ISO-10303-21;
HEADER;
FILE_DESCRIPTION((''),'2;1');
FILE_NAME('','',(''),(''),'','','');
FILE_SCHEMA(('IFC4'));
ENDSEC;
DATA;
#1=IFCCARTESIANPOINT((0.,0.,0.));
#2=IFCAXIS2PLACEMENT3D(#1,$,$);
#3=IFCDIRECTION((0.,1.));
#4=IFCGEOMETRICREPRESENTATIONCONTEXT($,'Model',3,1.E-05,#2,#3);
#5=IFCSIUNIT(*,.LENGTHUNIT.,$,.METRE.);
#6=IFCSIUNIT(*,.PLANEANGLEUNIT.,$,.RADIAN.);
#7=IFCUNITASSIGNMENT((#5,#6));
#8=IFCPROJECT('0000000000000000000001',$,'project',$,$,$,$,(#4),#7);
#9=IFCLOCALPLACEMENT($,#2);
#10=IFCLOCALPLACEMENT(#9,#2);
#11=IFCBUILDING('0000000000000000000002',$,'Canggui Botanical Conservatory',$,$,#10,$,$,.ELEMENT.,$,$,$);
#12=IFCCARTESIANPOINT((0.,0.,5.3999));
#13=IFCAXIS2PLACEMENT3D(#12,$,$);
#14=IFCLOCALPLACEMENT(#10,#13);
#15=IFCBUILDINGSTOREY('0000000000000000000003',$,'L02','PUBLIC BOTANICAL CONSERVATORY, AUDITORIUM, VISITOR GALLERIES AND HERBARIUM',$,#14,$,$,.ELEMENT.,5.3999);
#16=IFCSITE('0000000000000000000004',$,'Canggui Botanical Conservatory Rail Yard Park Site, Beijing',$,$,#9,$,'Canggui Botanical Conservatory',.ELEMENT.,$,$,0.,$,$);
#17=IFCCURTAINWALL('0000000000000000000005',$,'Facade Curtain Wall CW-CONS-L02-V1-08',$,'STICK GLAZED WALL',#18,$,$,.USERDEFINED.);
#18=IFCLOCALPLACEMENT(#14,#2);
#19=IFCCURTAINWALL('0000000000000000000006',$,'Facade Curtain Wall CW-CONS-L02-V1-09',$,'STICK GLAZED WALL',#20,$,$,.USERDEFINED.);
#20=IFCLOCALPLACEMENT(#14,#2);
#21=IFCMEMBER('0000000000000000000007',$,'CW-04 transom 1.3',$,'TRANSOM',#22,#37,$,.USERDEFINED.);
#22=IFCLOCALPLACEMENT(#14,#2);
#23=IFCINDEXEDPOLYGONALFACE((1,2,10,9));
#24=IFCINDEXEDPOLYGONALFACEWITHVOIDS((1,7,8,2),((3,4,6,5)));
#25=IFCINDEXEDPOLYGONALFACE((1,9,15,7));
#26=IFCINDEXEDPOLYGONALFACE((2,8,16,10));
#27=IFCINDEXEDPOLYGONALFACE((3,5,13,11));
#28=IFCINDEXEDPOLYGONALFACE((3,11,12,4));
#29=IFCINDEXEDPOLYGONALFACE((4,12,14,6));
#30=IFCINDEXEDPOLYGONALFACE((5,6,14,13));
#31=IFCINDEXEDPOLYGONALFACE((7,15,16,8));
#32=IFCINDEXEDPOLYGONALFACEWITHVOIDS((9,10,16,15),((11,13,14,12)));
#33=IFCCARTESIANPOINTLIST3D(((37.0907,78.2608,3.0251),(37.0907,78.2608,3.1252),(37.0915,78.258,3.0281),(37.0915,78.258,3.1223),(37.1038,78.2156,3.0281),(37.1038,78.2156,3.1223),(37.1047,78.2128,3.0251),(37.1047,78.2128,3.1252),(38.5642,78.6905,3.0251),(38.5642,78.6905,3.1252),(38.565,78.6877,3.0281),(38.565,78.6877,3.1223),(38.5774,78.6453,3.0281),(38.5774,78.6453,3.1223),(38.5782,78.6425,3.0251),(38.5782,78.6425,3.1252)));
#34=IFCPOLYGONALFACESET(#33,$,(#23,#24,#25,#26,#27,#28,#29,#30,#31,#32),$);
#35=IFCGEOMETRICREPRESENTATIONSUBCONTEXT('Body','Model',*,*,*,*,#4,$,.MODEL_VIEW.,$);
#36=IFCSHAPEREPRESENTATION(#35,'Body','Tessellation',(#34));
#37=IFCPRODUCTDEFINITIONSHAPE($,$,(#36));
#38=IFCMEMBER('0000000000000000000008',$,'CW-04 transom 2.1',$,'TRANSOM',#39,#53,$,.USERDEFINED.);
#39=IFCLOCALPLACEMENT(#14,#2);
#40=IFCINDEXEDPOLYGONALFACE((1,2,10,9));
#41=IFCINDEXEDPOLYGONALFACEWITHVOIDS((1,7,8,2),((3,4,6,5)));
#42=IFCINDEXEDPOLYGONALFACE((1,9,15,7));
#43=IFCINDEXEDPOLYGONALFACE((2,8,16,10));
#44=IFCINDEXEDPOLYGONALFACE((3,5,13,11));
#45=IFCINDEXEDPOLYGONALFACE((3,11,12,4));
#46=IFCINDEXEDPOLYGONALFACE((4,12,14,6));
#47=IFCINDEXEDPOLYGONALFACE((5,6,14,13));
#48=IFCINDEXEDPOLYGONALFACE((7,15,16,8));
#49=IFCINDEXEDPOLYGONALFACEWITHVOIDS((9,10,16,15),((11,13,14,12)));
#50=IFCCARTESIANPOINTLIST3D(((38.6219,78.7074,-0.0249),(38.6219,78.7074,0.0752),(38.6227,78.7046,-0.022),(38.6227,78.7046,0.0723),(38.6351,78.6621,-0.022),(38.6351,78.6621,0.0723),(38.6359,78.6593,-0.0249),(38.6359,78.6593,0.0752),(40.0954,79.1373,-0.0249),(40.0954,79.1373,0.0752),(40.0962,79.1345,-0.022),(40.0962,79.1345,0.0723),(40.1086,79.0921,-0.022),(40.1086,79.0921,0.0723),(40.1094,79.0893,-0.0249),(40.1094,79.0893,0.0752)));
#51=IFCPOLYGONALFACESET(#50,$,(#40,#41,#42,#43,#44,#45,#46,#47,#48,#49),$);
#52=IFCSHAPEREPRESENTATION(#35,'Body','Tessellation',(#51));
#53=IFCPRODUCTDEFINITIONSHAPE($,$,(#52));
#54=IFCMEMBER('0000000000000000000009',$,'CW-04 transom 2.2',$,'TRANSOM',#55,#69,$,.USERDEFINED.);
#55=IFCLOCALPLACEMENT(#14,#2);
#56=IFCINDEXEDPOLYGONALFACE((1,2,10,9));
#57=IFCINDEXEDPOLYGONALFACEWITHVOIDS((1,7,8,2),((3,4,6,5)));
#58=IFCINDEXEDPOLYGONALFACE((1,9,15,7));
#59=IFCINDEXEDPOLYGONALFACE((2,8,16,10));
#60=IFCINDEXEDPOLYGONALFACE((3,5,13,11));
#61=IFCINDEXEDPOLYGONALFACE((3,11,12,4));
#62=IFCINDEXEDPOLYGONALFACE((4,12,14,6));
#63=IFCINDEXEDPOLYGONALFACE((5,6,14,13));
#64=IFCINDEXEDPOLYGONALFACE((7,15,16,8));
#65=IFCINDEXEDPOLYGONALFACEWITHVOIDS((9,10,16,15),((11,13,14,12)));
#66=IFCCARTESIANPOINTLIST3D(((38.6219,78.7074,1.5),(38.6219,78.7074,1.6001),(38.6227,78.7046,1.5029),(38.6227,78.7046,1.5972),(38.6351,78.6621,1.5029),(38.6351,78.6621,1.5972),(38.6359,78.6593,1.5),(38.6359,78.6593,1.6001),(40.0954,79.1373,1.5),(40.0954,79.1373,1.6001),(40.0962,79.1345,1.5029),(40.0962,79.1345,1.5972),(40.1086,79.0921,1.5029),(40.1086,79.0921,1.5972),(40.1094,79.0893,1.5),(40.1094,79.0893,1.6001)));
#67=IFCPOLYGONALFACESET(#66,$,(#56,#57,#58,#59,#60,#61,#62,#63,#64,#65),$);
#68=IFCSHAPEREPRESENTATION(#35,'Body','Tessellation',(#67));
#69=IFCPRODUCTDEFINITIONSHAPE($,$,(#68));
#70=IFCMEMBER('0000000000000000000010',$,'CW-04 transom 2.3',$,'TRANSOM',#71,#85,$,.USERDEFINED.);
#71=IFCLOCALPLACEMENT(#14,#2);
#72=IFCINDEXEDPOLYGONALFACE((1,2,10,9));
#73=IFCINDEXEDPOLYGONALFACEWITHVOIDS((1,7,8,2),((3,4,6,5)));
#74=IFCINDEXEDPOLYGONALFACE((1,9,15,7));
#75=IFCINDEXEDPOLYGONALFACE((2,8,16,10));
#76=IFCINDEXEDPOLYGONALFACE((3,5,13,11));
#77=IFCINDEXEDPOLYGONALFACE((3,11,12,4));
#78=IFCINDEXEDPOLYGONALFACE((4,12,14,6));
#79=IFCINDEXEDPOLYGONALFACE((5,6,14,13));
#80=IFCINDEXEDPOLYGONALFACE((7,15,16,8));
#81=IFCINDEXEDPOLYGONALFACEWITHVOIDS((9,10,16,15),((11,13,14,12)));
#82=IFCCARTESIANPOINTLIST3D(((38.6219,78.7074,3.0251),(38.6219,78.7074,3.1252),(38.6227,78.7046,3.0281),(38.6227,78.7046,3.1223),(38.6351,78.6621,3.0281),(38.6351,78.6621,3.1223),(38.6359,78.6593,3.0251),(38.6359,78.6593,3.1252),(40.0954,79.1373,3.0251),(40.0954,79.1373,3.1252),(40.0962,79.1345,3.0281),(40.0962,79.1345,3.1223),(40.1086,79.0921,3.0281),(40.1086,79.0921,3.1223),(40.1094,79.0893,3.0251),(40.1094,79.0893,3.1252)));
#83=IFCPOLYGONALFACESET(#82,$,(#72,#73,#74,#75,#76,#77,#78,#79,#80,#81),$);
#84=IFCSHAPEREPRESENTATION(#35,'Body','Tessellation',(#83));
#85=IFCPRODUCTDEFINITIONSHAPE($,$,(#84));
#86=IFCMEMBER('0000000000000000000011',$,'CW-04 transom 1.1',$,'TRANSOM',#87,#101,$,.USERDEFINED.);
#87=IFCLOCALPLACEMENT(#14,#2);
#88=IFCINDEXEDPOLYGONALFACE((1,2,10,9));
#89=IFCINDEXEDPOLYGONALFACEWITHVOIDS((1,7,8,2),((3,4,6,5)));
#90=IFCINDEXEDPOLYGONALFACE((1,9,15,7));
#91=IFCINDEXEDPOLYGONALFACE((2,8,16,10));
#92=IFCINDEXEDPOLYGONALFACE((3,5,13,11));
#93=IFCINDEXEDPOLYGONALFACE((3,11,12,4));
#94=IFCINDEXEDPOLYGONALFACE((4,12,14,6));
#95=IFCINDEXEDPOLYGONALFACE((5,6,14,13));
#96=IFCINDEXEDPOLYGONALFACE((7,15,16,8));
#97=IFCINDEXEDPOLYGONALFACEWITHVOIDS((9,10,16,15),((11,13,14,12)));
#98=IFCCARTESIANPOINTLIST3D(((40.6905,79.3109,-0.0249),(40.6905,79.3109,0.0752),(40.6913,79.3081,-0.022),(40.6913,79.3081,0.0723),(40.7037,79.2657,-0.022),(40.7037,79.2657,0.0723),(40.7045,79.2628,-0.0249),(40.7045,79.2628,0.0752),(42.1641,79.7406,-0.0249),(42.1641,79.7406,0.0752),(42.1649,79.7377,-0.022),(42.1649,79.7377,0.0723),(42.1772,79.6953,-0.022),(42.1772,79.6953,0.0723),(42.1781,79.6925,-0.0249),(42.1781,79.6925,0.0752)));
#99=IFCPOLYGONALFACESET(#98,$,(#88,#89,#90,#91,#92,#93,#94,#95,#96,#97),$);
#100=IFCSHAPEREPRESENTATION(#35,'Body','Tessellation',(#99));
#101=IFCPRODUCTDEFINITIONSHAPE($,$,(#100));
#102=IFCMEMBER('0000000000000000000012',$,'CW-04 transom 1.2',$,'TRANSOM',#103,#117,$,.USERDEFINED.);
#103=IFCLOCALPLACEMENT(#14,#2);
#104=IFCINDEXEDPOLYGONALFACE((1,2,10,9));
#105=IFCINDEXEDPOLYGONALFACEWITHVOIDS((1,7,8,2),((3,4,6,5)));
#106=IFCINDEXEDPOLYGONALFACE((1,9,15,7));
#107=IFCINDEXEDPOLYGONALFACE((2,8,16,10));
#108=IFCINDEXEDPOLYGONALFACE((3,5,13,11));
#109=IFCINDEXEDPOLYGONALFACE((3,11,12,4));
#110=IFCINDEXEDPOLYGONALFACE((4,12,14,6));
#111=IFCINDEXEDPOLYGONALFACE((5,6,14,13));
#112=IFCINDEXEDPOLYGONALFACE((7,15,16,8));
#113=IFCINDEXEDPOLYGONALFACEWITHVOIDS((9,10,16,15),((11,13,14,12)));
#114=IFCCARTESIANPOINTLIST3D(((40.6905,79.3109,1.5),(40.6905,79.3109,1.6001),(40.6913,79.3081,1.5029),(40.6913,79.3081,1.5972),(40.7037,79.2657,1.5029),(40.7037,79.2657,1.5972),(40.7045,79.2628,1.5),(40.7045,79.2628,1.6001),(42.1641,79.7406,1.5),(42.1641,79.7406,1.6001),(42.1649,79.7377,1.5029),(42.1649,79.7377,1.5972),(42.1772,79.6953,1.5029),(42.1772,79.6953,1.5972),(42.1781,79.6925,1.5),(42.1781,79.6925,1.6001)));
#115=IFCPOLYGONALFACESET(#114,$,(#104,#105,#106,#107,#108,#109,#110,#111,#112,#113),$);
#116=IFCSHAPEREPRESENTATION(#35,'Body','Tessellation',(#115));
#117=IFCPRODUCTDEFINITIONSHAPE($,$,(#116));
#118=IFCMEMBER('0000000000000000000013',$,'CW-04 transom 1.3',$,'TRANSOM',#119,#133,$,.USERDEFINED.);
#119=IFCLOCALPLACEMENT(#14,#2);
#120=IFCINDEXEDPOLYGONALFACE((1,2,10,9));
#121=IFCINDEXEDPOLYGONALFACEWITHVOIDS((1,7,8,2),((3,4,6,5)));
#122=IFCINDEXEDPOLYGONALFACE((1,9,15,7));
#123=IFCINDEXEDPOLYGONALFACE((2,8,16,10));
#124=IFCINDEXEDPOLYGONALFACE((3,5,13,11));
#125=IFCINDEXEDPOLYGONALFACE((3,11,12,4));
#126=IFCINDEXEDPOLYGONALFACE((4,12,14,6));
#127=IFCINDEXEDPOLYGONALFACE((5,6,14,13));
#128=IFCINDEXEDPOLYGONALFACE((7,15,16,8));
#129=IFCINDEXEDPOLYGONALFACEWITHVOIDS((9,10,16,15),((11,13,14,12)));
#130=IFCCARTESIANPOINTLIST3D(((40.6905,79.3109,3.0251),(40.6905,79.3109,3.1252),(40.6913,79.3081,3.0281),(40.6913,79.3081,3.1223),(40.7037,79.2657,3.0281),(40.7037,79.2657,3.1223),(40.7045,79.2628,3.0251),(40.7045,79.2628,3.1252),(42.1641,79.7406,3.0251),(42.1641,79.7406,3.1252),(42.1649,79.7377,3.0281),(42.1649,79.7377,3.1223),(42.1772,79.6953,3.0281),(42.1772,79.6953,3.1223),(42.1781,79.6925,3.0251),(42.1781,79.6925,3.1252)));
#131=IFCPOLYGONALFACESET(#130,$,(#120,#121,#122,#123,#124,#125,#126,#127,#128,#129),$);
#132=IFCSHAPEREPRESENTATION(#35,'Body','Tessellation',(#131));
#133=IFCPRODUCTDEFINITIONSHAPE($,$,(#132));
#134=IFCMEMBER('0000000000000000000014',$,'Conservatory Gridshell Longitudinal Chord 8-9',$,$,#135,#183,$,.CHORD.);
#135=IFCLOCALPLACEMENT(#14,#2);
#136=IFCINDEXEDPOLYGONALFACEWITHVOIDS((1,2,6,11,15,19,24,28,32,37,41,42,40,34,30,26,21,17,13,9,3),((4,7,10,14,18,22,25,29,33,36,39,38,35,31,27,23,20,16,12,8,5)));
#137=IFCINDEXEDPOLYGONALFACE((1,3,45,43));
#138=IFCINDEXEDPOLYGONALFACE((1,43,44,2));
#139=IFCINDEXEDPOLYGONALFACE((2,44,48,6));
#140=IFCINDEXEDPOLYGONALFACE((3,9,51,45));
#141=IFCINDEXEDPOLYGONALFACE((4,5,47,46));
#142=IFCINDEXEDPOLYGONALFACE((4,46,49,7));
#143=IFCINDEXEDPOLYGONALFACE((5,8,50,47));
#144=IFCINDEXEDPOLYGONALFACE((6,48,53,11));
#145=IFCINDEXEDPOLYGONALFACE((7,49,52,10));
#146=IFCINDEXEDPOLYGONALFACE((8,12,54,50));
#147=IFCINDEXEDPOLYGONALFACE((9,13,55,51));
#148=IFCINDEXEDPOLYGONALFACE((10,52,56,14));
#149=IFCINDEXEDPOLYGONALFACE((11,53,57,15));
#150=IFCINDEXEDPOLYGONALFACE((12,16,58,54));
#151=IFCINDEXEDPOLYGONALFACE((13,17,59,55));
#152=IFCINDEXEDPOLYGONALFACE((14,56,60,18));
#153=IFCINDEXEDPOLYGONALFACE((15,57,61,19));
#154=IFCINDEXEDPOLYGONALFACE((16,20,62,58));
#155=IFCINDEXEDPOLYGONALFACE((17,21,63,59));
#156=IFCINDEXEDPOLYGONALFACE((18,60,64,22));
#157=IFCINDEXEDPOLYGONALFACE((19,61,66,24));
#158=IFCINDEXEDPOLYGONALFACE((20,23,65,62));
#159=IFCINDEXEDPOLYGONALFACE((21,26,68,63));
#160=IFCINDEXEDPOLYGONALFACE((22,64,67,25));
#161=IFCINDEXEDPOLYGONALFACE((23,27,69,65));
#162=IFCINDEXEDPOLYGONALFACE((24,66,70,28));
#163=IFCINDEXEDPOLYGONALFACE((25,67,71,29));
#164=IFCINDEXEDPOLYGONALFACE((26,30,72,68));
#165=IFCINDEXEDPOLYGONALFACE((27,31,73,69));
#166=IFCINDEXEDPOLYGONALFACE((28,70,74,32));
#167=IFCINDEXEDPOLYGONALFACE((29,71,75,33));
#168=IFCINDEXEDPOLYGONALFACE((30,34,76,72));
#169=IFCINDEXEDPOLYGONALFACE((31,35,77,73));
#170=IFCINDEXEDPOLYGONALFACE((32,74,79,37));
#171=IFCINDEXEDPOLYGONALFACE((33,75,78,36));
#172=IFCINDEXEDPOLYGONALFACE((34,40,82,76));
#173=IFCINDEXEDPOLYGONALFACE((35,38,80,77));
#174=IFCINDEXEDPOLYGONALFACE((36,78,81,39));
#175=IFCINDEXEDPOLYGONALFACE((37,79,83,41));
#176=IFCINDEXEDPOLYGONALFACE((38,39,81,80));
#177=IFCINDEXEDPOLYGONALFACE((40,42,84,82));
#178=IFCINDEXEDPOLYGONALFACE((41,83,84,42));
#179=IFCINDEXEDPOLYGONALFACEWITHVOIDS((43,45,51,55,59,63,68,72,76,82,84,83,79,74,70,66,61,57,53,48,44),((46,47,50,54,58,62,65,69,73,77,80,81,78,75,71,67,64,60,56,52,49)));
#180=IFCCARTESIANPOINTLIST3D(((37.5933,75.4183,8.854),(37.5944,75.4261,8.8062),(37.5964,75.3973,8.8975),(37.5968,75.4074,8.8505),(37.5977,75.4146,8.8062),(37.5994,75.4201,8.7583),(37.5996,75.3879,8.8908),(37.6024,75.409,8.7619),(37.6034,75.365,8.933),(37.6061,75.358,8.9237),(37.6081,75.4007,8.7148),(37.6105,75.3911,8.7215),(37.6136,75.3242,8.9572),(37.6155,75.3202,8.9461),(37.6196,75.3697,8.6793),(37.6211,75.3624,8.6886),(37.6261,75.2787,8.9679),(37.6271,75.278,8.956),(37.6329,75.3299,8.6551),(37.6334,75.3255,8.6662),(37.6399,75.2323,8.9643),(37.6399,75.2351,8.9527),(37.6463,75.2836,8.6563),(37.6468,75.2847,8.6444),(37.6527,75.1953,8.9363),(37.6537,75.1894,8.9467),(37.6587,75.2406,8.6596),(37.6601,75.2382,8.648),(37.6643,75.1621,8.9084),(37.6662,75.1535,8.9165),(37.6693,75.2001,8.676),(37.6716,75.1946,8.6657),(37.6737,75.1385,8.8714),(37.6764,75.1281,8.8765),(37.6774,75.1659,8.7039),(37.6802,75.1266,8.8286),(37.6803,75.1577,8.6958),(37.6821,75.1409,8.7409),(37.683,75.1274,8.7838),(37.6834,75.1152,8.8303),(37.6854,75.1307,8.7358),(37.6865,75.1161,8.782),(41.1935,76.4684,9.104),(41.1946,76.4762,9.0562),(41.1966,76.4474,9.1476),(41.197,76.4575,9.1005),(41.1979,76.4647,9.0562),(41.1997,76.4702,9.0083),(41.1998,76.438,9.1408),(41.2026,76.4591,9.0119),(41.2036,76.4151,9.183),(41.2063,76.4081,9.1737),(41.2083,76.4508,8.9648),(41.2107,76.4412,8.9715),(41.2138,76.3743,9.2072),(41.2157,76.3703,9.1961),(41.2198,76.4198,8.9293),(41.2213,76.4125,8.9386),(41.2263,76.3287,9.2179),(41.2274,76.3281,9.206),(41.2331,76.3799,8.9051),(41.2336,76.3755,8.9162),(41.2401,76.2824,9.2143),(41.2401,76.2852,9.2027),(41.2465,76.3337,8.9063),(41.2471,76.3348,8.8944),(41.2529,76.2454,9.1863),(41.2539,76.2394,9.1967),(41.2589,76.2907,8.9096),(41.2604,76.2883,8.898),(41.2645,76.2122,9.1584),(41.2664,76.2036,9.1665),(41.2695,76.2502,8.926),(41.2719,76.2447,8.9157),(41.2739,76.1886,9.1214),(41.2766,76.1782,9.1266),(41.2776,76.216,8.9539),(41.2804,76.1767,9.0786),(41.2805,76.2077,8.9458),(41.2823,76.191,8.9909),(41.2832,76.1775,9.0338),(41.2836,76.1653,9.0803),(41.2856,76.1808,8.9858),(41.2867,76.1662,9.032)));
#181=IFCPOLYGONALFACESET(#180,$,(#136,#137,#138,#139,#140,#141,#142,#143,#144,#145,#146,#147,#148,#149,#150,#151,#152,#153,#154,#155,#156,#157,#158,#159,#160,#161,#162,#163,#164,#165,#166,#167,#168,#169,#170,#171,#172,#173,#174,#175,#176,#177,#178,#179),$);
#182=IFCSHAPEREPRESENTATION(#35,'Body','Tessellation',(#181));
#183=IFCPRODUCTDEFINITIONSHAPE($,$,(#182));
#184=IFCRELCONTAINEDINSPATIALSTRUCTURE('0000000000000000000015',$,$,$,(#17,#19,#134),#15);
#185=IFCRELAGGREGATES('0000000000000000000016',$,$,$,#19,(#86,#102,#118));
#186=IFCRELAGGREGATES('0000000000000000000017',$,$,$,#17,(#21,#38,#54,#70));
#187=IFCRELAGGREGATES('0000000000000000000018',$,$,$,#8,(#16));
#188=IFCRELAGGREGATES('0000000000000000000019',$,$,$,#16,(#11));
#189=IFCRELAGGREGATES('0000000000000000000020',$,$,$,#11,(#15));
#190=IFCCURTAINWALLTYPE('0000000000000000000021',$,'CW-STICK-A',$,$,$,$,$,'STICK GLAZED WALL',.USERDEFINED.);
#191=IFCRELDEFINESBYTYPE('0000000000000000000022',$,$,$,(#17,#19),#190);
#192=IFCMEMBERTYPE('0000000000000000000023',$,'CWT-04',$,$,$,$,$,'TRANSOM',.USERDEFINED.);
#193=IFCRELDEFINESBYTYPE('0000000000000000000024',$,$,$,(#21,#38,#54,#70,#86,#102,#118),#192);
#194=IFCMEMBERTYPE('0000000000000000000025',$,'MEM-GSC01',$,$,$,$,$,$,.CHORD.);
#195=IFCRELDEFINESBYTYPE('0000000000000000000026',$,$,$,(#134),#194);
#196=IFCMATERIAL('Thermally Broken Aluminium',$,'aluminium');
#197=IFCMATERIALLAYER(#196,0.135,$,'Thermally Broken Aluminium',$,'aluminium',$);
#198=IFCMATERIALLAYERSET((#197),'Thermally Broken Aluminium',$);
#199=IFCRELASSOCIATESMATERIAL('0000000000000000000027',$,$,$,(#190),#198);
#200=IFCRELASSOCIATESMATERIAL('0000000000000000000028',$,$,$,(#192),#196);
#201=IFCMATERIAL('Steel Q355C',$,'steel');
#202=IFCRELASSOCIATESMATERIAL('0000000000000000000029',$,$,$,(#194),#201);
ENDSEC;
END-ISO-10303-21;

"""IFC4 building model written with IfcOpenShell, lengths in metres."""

from ifc_helpers import new_model, si_unit, direction, frame, origin, origin_2d, place, context, subcontext, project, spatial, hollow_rectangle, hollow_circle, extrude, material, layer, layer_set, material_profile, profile_set, type_object, element, aggregate, save


model = new_model("IFC4")

# Units and contexts
model_context = context("Model", 3, precision=1e-05, world=origin(), true_north=direction((0.0, 1.0)))
body_context = subcontext(model_context, "Body", "Model", "MODEL_VIEW")
ifc_project = project(units=[si_unit("LENGTHUNIT", "METRE"), si_unit("PLANEANGLEUNIT", "RADIAN")], contexts=[model_context])

# Site, building, storey
site_placement = place(None, origin())
site = spatial("IfcSite", under=ifc_project, at=site_placement, Name="Canggui Botanical Conservatory Rail Yard Park Site, Beijing", LongName="Canggui Botanical Conservatory", CompositionType="ELEMENT", RefElevation=0.0)
building_placement = place(site_placement, origin())
building = spatial("IfcBuilding", under=site, at=building_placement, Name="Canggui Botanical Conservatory", CompositionType="ELEMENT")
storey_placement = place(building_placement, frame((0.0, 0.0, 5.3999)))
storey = spatial("IfcBuildingStorey", under=building, at=storey_placement, Name="L02", Description="PUBLIC BOTANICAL CONSERVATORY, AUDITORIUM, VISITOR GALLERIES AND HERBARIUM", CompositionType="ELEMENT", Elevation=5.3999)

# Shared definitions
ifc_material_1 = material(Name="Steel Q355C", Category="steel")

# Curtain wall
ifc_material_2 = material(Name="Thermally Broken Aluminium", Category="aluminium")
ifc_layer_1 = layer(ifc_material_2, 0.135, Name="Thermally Broken Aluminium", Category="aluminium")
ifc_layer_set_1 = layer_set([ifc_layer_1], Name="Thermally Broken Aluminium")
curtain_wall_type = type_object("IfcCurtainWallType", Name="CW-STICK-A", ElementType="STICK GLAZED WALL", PredefinedType="USERDEFINED", material=ifc_layer_set_1)
curtain_wall_1_placement = place(storey_placement, origin())
curtain_wall_1 = element("IfcCurtainWall", 1, at=curtain_wall_1_placement, inside=storey, type_object=curtain_wall_type, Name="Facade Curtain Wall CW-CONS-L02-V1-08", ObjectType="STICK GLAZED WALL", PredefinedType="USERDEFINED")

# Curtain wall
curtain_wall_2_placement = place(storey_placement, origin())
curtain_wall_2 = element("IfcCurtainWall", 2, at=curtain_wall_2_placement, inside=storey, type_object=curtain_wall_type, Name="Facade Curtain Wall CW-CONS-L02-V1-09", ObjectType="STICK GLAZED WALL", PredefinedType="USERDEFINED")

# Members
ifc_material_profile_1 = material_profile(ifc_material_2, hollow_rectangle(XDim=0.05, YDim=0.1001, WallThickness=0.0029, at=origin_2d()), Name="CWT 50x100x3")
ifc_profile_set_1 = profile_set([ifc_material_profile_1], Name="Thermally Broken Aluminium")
member_type_1 = type_object("IfcMemberType", Name="CWT-04", ElementType="TRANSOM", PredefinedType="USERDEFINED", material=ifc_profile_set_1)
member_1_placement = place(storey_placement, frame((37.0977, 78.2368, 3.0752), z_axis=(0.960021, 0.279927, 0.0), x_axis=(-0.279927, 0.960021, 0.0)))
member_1 = element("IfcMember", 3, at=member_1_placement, type_object=member_type_1, Name="CW-04 transom 1.3", ObjectType="TRANSOM", PredefinedType="USERDEFINED", context=body_context, shape_type="SweptSolid", body=[
    extrude(hollow_rectangle(XDim=0.05, YDim=0.1001, WallThickness=0.0029, at=origin_2d()), origin(), (0.0, 0.0, 1.0), 1.5349),
])
member_2_placement = place(storey_placement, frame((38.6289, 78.6833, 0.0251), z_axis=(0.959966, 0.280116, 0.0), x_axis=(-0.280116, 0.959966, 0.0)))
member_2 = element("IfcMember", 4, at=member_2_placement, type_object=member_type_1, Name="CW-04 transom 2.1", ObjectType="TRANSOM", PredefinedType="USERDEFINED", context=body_context, shape_type="SweptSolid", body=[
    extrude(hollow_rectangle(XDim=0.05, YDim=0.1001, WallThickness=0.0029, at=origin_2d()), origin(), (0.0, 0.0, 1.0), 1.5349),
])
member_3_placement = place(storey_placement, frame((38.6289, 78.6833, 1.55), z_axis=(0.959966, 0.280116, 0.0), x_axis=(-0.280116, 0.959966, 0.0)))
member_3 = element("IfcMember", 5, at=member_3_placement, type_object=member_type_1, Name="CW-04 transom 2.2", ObjectType="TRANSOM", PredefinedType="USERDEFINED", context=body_context, shape_type="SweptSolid", body=[
    extrude(hollow_rectangle(XDim=0.05, YDim=0.1001, WallThickness=0.0029, at=origin_2d()), origin(), (0.0, 0.0, 1.0), 1.5349),
])
member_4_placement = place(storey_placement, frame((38.6289, 78.6833, 3.0752), z_axis=(0.959966, 0.280116, 0.0), x_axis=(-0.280116, 0.959966, 0.0)))
member_4 = element("IfcMember", 6, at=member_4_placement, type_object=member_type_1, Name="CW-04 transom 2.3", ObjectType="TRANSOM", PredefinedType="USERDEFINED", context=body_context, shape_type="SweptSolid", body=[
    extrude(hollow_rectangle(XDim=0.05, YDim=0.1001, WallThickness=0.0029, at=origin_2d()), origin(), (0.0, 0.0, 1.0), 1.5349),
])
member_5_placement = place(storey_placement, frame((40.6975, 79.2869, 0.0251), z_axis=(0.960021, 0.279927, 0.0), x_axis=(-0.279927, 0.960021, 0.0)))
member_5 = element("IfcMember", 7, at=member_5_placement, type_object=member_type_1, Name="CW-04 transom 1.1", ObjectType="TRANSOM", PredefinedType="USERDEFINED", context=body_context, shape_type="SweptSolid", body=[
    extrude(hollow_rectangle(XDim=0.05, YDim=0.1001, WallThickness=0.0029, at=origin_2d()), origin(), (0.0, 0.0, 1.0), 1.5349),
])
member_6_placement = place(storey_placement, frame((40.6975, 79.2869, 1.55), z_axis=(0.960021, 0.279927, 0.0), x_axis=(-0.279927, 0.960021, 0.0)))
member_6 = element("IfcMember", 8, at=member_6_placement, type_object=member_type_1, Name="CW-04 transom 1.2", ObjectType="TRANSOM", PredefinedType="USERDEFINED", context=body_context, shape_type="SweptSolid", body=[
    extrude(hollow_rectangle(XDim=0.05, YDim=0.1001, WallThickness=0.0029, at=origin_2d()), origin(), (0.0, 0.0, 1.0), 1.5349),
])
member_7_placement = place(storey_placement, frame((40.6975, 79.2869, 3.0752), z_axis=(0.960021, 0.279927, 0.0), x_axis=(-0.279927, 0.960021, 0.0)))
member_7 = element("IfcMember", 9, at=member_7_placement, type_object=member_type_1, Name="CW-04 transom 1.3", ObjectType="TRANSOM", PredefinedType="USERDEFINED", context=body_context, shape_type="SweptSolid", body=[
    extrude(hollow_rectangle(XDim=0.05, YDim=0.1001, WallThickness=0.0029, at=origin_2d()), origin(), (0.0, 0.0, 1.0), 1.5349),
])
aggregate(curtain_wall_2, [member_5, member_6, member_7])

# Member
ifc_material_profile_2 = material_profile(ifc_material_1, hollow_circle(Radius=0.1626, WallThickness=0.012, at=origin_2d()), Name="CHS 325x12")
ifc_profile_set_2 = profile_set([ifc_material_profile_2], Name="Steel Q355C")
member_type_2 = type_object("IfcMemberType", Name="MEM-GSC01", PredefinedType="CHORD", material=ifc_profile_set_2)
member_8_placement = place(storey_placement, frame((37.6399, 75.27, 8.8062), z_axis=(0.957872, 0.279385, 0.066517), x_axis=(-0.280005, 0.959999, 0.0)))
element("IfcMember", 10, at=member_8_placement, inside=storey, type_object=member_type_2, Name="Conservatory Gridshell Longitudinal Chord 8-9", PredefinedType="CHORD", context=body_context, shape_type="SweptSolid", body=[
    extrude(hollow_circle(Radius=0.1626, WallThickness=0.012, at=origin_2d()), origin(), (0.0, 0.0, 1.0), 3.7585),
])

aggregate(curtain_wall_1, [member_1, member_2, member_3, member_4])

save(model, "model.ifc")
